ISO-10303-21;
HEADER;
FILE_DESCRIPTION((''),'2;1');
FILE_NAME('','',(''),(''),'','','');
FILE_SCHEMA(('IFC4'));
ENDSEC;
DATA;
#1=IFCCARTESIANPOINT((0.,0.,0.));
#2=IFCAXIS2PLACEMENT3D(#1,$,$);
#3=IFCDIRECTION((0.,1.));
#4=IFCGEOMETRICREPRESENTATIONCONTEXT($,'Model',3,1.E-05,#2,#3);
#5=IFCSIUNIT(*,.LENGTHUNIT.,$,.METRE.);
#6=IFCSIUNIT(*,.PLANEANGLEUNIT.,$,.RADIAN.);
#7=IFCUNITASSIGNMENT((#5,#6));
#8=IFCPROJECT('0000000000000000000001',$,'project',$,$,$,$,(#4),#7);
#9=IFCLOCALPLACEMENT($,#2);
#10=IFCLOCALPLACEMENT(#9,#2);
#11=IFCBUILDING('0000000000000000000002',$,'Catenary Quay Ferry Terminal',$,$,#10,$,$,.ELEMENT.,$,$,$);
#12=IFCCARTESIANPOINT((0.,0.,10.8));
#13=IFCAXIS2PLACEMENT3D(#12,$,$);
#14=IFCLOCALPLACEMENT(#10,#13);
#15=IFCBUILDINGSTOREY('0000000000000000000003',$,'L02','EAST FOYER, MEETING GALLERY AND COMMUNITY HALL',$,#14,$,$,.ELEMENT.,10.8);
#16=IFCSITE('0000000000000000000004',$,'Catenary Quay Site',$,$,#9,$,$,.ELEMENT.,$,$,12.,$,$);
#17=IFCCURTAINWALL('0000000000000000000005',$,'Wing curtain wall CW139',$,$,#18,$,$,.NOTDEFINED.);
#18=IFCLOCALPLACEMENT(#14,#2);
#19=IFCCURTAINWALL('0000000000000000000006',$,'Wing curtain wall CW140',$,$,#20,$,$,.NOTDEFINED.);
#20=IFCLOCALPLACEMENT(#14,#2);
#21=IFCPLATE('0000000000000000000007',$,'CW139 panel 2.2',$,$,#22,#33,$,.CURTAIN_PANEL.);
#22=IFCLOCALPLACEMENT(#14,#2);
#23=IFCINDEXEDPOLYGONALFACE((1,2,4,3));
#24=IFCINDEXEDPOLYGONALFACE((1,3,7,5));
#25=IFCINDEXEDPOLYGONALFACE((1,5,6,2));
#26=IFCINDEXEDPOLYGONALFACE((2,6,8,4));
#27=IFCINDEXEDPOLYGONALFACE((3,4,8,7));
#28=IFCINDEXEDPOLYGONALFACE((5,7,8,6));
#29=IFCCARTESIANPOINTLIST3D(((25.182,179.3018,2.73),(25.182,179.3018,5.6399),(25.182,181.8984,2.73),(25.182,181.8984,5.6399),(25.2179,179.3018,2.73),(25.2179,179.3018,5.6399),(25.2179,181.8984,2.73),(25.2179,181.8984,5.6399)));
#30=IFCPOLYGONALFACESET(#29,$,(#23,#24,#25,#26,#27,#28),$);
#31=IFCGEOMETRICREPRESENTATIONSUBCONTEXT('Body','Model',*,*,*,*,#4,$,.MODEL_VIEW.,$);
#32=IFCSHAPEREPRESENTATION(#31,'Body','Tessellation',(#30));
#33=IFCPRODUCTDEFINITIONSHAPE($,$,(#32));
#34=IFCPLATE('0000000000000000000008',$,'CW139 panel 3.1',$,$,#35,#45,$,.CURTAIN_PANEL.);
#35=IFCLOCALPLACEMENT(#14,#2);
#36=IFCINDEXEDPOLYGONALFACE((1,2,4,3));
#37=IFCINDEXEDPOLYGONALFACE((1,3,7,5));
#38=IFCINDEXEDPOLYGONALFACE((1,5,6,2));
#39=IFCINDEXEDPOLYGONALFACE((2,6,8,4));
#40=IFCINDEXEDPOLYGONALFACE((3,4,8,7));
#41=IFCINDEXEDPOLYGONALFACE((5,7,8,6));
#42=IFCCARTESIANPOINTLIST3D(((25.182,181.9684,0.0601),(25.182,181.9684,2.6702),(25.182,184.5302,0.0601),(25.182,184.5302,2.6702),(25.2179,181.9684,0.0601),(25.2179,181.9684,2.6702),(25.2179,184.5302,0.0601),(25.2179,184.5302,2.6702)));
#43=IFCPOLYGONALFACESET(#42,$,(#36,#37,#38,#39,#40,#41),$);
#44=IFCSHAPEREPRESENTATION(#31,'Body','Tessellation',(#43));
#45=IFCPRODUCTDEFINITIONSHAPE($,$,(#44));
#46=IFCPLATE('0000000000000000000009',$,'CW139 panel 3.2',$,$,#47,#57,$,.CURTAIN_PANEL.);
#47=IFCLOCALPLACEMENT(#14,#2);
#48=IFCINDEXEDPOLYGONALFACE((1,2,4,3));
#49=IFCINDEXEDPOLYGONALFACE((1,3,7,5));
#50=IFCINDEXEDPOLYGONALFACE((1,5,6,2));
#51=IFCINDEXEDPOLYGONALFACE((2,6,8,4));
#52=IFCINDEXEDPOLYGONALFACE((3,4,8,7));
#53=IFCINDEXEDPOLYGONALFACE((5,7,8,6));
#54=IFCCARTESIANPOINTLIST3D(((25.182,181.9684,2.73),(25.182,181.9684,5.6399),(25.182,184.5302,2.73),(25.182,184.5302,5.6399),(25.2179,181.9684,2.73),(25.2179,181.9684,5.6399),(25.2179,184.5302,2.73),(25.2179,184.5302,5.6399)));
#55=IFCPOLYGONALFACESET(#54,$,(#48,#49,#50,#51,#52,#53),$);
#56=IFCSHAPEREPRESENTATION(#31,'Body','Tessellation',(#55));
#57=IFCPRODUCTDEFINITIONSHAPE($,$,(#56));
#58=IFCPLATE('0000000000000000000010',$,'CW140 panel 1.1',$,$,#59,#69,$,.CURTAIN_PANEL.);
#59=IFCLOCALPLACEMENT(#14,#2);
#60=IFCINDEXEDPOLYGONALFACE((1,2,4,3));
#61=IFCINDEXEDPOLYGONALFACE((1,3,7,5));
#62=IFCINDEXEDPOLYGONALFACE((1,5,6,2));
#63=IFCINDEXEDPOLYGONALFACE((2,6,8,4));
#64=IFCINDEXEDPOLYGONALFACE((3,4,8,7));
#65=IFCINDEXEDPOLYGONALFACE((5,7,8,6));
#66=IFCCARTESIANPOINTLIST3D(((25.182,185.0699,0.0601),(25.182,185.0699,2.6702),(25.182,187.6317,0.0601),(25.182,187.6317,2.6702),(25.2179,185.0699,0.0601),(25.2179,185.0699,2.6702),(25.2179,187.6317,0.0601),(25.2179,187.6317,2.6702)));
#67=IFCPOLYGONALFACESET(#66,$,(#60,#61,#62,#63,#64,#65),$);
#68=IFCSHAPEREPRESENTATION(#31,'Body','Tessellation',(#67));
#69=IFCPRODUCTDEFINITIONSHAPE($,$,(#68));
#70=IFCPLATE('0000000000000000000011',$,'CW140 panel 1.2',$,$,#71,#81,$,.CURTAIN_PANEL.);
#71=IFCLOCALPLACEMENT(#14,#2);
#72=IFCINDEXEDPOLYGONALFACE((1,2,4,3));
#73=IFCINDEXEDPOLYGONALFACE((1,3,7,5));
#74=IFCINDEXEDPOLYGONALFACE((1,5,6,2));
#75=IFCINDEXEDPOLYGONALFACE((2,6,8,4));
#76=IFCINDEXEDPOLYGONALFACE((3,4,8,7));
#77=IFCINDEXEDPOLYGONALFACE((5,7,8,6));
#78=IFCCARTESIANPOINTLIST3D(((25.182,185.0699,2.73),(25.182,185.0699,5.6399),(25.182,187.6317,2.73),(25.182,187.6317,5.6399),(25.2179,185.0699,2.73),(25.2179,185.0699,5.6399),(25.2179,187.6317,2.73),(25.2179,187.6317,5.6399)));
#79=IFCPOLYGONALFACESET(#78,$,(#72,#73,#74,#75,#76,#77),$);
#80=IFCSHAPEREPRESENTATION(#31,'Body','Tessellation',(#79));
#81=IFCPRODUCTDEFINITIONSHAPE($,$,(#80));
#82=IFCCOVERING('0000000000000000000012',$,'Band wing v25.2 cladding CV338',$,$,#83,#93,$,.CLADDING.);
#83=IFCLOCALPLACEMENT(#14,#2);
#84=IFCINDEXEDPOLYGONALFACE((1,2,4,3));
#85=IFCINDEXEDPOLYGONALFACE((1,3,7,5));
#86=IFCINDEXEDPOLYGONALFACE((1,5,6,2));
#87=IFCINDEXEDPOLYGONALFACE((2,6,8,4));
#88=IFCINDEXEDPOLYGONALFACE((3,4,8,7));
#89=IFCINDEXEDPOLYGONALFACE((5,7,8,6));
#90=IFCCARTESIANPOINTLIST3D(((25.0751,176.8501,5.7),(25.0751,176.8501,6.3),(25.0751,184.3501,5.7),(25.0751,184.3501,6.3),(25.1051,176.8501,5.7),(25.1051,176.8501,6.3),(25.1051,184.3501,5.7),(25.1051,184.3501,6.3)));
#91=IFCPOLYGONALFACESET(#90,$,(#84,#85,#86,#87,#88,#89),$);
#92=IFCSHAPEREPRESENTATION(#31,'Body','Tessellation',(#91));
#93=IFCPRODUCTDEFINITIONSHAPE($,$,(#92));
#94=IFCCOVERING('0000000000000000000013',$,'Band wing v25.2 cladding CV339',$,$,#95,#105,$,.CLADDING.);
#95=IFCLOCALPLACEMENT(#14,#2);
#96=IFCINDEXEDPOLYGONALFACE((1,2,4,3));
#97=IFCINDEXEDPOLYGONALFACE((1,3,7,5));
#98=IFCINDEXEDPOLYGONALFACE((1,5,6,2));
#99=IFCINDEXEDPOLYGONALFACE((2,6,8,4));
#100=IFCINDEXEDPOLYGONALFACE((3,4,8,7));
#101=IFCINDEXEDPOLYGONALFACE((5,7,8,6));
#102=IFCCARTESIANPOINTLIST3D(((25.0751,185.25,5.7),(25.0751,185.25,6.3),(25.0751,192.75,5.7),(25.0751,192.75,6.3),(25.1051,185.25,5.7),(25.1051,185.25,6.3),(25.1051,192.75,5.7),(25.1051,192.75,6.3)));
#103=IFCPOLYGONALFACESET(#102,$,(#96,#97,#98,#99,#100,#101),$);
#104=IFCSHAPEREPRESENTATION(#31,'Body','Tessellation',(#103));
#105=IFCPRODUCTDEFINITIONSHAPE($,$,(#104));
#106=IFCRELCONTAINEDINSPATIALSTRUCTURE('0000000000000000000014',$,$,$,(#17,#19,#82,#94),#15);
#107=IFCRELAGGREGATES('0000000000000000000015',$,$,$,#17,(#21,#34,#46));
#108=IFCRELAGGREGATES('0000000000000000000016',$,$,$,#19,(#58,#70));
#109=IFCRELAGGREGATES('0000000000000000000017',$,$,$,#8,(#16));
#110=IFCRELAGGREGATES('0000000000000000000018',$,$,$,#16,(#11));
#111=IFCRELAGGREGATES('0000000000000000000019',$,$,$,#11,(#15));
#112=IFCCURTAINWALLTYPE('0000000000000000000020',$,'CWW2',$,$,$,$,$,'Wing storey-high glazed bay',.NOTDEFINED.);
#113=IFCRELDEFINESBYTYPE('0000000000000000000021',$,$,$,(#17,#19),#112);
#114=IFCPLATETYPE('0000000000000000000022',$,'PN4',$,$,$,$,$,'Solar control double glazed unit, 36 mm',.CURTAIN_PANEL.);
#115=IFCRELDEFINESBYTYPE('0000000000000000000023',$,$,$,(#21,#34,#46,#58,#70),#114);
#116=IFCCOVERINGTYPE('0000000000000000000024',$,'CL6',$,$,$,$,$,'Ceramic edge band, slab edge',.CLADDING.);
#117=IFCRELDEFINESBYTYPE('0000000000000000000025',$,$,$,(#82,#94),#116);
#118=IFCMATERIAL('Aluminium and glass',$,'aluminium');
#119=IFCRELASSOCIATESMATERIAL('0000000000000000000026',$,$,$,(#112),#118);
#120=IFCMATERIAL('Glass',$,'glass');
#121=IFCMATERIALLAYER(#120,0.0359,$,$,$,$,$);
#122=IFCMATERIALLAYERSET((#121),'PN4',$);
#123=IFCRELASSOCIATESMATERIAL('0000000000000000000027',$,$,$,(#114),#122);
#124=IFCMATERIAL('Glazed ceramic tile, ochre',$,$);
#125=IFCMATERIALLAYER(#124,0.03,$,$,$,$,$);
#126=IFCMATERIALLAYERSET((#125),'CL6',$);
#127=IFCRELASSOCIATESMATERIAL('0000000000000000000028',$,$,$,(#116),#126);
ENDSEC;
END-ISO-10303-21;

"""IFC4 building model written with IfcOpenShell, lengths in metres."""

from ifc_helpers import new_model, si_unit, direction, frame, origin, origin_2d, place, context, subcontext, project, spatial, rectangle, extrude, material, layer, layer_set, type_object, element, aggregate, save


model = new_model("IFC4")

# Units and contexts
model_context = context("Model", 3, precision=1e-05, world=origin(), true_north=direction((0.0, 1.0)))
body_context = subcontext(model_context, "Body", "Model", "MODEL_VIEW")
ifc_project = project(units=[si_unit("LENGTHUNIT", "METRE"), si_unit("PLANEANGLEUNIT", "RADIAN")], contexts=[model_context])

# Site, building, storey
site_placement = place(None, origin())
site = spatial("IfcSite", under=ifc_project, at=site_placement, Name="Catenary Quay Site", CompositionType="ELEMENT", RefElevation=12.0)
building_placement = place(site_placement, origin())
building = spatial("IfcBuilding", under=site, at=building_placement, Name="Catenary Quay Ferry Terminal", CompositionType="ELEMENT")
storey_placement = place(building_placement, frame((0.0, 0.0, 10.8)))
storey = spatial("IfcBuildingStorey", under=building, at=storey_placement, Name="L02", Description="EAST FOYER, MEETING GALLERY AND COMMUNITY HALL", CompositionType="ELEMENT", Elevation=10.8)

# Curtain walls
ifc_material_1 = material(Name="Aluminium and glass", Category="aluminium")
curtain_wall_type = type_object("IfcCurtainWallType", Name="CWW2", ElementType="Wing storey-high glazed bay", PredefinedType="NOTDEFINED", material=ifc_material_1)
curtain_wall_1_placement = place(storey_placement, origin())
curtain_wall_1 = element("IfcCurtainWall", 1, at=curtain_wall_1_placement, inside=storey, type_object=curtain_wall_type, Name="Wing curtain wall CW139", PredefinedType="NOTDEFINED")
curtain_wall_2_placement = place(storey_placement, origin())
curtain_wall_2 = element("IfcCurtainWall", 2, at=curtain_wall_2_placement, inside=storey, type_object=curtain_wall_type, Name="Wing curtain wall CW140", PredefinedType="NOTDEFINED")

# Plates
ifc_material_2 = material(Name="Glass", Category="glass")
ifc_layer_1 = layer(ifc_material_2, 0.0359)
ifc_layer_set_1 = layer_set([ifc_layer_1], Name="PN4")
plate_type = type_object("IfcPlateType", Name="PN4", ElementType="Solar control double glazed unit, 36 mm", PredefinedType="CURTAIN_PANEL", material=ifc_layer_set_1)
plate_1_placement = place(storey_placement, frame((25.2, 180.6001, 2.73), z_axis=(0.0, 0.0, 1.0), x_axis=(0.0, 1.0, 0.0)))
plate_1 = element("IfcPlate", 3, at=plate_1_placement, type_object=plate_type, Name="CW139 panel 2.2", PredefinedType="CURTAIN_PANEL", context=body_context, shape_type="SweptSolid", body=[
    extrude(rectangle(XDim=2.5967, YDim=0.0359, at=origin_2d()), origin(), (0.0, 0.0, 1.0), 2.9099),
])
plate_2_placement = place(storey_placement, frame((25.2, 183.2493, 0.0601), z_axis=(0.0, 0.0, 1.0), x_axis=(0.0, 1.0, 0.0)))
plate_2 = element("IfcPlate", 4, at=plate_2_placement, type_object=plate_type, Name="CW139 panel 3.1", PredefinedType="CURTAIN_PANEL", context=body_context, shape_type="SweptSolid", body=[
    extrude(rectangle(XDim=2.5618, YDim=0.0359, at=origin_2d()), origin(), (0.0, 0.0, 1.0), 2.6101),
])
plate_3_placement = place(storey_placement, frame((25.2, 183.2493, 2.73), z_axis=(0.0, 0.0, 1.0), x_axis=(0.0, 1.0, 0.0)))
plate_3 = element("IfcPlate", 5, at=plate_3_placement, type_object=plate_type, Name="CW139 panel 3.2", PredefinedType="CURTAIN_PANEL", context=body_context, shape_type="SweptSolid", body=[
    extrude(rectangle(XDim=2.5618, YDim=0.0359, at=origin_2d()), origin(), (0.0, 0.0, 1.0), 2.9099),
])
aggregate(curtain_wall_1, [plate_1, plate_2, plate_3])
plate_4_placement = place(storey_placement, frame((25.2, 186.3508, 0.0601), z_axis=(0.0, 0.0, 1.0), x_axis=(0.0, 1.0, 0.0)))
plate_4 = element("IfcPlate", 6, at=plate_4_placement, type_object=plate_type, Name="CW140 panel 1.1", PredefinedType="CURTAIN_PANEL", context=body_context, shape_type="SweptSolid", body=[
    extrude(rectangle(XDim=2.5618, YDim=0.0359, at=origin_2d()), origin(), (0.0, 0.0, 1.0), 2.6101),
])
plate_5_placement = place(storey_placement, frame((25.2, 186.3508, 2.73), z_axis=(0.0, 0.0, 1.0), x_axis=(0.0, 1.0, 0.0)))
plate_5 = element("IfcPlate", 7, at=plate_5_placement, type_object=plate_type, Name="CW140 panel 1.2", PredefinedType="CURTAIN_PANEL", context=body_context, shape_type="SweptSolid", body=[
    extrude(rectangle(XDim=2.5618, YDim=0.0359, at=origin_2d()), origin(), (0.0, 0.0, 1.0), 2.9099),
])
aggregate(curtain_wall_2, [plate_4, plate_5])

# Coverings
ifc_material_3 = material(Name="Glazed ceramic tile, ochre")
ifc_layer_2 = layer(ifc_material_3, 0.03)
ifc_layer_set_2 = layer_set([ifc_layer_2], Name="CL6")
covering_type = type_object("IfcCoveringType", Name="CL6", ElementType="Ceramic edge band, slab edge", PredefinedType="CLADDING", material=ifc_layer_set_2)
for number, where, z_axis, x_axis, name in (
    (8, (25.0901, 180.6001, 5.7), (0.0, 0.0, 1.0), (1.0, 0.0, 0.0), "Band wing v25.2 cladding CV338"),
    (9, (25.0901, 189.0, 5.7), (0.0, 0.0, 1.0), (1.0, 0.0, 0.0), "Band wing v25.2 cladding CV339"),
):
    element("IfcCovering", number, at=place(storey_placement, frame(where, z_axis=z_axis, x_axis=x_axis)), inside=storey, type_object=covering_type, Name=name, PredefinedType="CLADDING", context=body_context, shape_type="SweptSolid", body=[
        extrude(rectangle(XDim=0.03, YDim=7.5, at=origin_2d()), origin(), (0.0, 0.0, 1.0), 0.6001),
    ])

save(model, "model.ifc")
